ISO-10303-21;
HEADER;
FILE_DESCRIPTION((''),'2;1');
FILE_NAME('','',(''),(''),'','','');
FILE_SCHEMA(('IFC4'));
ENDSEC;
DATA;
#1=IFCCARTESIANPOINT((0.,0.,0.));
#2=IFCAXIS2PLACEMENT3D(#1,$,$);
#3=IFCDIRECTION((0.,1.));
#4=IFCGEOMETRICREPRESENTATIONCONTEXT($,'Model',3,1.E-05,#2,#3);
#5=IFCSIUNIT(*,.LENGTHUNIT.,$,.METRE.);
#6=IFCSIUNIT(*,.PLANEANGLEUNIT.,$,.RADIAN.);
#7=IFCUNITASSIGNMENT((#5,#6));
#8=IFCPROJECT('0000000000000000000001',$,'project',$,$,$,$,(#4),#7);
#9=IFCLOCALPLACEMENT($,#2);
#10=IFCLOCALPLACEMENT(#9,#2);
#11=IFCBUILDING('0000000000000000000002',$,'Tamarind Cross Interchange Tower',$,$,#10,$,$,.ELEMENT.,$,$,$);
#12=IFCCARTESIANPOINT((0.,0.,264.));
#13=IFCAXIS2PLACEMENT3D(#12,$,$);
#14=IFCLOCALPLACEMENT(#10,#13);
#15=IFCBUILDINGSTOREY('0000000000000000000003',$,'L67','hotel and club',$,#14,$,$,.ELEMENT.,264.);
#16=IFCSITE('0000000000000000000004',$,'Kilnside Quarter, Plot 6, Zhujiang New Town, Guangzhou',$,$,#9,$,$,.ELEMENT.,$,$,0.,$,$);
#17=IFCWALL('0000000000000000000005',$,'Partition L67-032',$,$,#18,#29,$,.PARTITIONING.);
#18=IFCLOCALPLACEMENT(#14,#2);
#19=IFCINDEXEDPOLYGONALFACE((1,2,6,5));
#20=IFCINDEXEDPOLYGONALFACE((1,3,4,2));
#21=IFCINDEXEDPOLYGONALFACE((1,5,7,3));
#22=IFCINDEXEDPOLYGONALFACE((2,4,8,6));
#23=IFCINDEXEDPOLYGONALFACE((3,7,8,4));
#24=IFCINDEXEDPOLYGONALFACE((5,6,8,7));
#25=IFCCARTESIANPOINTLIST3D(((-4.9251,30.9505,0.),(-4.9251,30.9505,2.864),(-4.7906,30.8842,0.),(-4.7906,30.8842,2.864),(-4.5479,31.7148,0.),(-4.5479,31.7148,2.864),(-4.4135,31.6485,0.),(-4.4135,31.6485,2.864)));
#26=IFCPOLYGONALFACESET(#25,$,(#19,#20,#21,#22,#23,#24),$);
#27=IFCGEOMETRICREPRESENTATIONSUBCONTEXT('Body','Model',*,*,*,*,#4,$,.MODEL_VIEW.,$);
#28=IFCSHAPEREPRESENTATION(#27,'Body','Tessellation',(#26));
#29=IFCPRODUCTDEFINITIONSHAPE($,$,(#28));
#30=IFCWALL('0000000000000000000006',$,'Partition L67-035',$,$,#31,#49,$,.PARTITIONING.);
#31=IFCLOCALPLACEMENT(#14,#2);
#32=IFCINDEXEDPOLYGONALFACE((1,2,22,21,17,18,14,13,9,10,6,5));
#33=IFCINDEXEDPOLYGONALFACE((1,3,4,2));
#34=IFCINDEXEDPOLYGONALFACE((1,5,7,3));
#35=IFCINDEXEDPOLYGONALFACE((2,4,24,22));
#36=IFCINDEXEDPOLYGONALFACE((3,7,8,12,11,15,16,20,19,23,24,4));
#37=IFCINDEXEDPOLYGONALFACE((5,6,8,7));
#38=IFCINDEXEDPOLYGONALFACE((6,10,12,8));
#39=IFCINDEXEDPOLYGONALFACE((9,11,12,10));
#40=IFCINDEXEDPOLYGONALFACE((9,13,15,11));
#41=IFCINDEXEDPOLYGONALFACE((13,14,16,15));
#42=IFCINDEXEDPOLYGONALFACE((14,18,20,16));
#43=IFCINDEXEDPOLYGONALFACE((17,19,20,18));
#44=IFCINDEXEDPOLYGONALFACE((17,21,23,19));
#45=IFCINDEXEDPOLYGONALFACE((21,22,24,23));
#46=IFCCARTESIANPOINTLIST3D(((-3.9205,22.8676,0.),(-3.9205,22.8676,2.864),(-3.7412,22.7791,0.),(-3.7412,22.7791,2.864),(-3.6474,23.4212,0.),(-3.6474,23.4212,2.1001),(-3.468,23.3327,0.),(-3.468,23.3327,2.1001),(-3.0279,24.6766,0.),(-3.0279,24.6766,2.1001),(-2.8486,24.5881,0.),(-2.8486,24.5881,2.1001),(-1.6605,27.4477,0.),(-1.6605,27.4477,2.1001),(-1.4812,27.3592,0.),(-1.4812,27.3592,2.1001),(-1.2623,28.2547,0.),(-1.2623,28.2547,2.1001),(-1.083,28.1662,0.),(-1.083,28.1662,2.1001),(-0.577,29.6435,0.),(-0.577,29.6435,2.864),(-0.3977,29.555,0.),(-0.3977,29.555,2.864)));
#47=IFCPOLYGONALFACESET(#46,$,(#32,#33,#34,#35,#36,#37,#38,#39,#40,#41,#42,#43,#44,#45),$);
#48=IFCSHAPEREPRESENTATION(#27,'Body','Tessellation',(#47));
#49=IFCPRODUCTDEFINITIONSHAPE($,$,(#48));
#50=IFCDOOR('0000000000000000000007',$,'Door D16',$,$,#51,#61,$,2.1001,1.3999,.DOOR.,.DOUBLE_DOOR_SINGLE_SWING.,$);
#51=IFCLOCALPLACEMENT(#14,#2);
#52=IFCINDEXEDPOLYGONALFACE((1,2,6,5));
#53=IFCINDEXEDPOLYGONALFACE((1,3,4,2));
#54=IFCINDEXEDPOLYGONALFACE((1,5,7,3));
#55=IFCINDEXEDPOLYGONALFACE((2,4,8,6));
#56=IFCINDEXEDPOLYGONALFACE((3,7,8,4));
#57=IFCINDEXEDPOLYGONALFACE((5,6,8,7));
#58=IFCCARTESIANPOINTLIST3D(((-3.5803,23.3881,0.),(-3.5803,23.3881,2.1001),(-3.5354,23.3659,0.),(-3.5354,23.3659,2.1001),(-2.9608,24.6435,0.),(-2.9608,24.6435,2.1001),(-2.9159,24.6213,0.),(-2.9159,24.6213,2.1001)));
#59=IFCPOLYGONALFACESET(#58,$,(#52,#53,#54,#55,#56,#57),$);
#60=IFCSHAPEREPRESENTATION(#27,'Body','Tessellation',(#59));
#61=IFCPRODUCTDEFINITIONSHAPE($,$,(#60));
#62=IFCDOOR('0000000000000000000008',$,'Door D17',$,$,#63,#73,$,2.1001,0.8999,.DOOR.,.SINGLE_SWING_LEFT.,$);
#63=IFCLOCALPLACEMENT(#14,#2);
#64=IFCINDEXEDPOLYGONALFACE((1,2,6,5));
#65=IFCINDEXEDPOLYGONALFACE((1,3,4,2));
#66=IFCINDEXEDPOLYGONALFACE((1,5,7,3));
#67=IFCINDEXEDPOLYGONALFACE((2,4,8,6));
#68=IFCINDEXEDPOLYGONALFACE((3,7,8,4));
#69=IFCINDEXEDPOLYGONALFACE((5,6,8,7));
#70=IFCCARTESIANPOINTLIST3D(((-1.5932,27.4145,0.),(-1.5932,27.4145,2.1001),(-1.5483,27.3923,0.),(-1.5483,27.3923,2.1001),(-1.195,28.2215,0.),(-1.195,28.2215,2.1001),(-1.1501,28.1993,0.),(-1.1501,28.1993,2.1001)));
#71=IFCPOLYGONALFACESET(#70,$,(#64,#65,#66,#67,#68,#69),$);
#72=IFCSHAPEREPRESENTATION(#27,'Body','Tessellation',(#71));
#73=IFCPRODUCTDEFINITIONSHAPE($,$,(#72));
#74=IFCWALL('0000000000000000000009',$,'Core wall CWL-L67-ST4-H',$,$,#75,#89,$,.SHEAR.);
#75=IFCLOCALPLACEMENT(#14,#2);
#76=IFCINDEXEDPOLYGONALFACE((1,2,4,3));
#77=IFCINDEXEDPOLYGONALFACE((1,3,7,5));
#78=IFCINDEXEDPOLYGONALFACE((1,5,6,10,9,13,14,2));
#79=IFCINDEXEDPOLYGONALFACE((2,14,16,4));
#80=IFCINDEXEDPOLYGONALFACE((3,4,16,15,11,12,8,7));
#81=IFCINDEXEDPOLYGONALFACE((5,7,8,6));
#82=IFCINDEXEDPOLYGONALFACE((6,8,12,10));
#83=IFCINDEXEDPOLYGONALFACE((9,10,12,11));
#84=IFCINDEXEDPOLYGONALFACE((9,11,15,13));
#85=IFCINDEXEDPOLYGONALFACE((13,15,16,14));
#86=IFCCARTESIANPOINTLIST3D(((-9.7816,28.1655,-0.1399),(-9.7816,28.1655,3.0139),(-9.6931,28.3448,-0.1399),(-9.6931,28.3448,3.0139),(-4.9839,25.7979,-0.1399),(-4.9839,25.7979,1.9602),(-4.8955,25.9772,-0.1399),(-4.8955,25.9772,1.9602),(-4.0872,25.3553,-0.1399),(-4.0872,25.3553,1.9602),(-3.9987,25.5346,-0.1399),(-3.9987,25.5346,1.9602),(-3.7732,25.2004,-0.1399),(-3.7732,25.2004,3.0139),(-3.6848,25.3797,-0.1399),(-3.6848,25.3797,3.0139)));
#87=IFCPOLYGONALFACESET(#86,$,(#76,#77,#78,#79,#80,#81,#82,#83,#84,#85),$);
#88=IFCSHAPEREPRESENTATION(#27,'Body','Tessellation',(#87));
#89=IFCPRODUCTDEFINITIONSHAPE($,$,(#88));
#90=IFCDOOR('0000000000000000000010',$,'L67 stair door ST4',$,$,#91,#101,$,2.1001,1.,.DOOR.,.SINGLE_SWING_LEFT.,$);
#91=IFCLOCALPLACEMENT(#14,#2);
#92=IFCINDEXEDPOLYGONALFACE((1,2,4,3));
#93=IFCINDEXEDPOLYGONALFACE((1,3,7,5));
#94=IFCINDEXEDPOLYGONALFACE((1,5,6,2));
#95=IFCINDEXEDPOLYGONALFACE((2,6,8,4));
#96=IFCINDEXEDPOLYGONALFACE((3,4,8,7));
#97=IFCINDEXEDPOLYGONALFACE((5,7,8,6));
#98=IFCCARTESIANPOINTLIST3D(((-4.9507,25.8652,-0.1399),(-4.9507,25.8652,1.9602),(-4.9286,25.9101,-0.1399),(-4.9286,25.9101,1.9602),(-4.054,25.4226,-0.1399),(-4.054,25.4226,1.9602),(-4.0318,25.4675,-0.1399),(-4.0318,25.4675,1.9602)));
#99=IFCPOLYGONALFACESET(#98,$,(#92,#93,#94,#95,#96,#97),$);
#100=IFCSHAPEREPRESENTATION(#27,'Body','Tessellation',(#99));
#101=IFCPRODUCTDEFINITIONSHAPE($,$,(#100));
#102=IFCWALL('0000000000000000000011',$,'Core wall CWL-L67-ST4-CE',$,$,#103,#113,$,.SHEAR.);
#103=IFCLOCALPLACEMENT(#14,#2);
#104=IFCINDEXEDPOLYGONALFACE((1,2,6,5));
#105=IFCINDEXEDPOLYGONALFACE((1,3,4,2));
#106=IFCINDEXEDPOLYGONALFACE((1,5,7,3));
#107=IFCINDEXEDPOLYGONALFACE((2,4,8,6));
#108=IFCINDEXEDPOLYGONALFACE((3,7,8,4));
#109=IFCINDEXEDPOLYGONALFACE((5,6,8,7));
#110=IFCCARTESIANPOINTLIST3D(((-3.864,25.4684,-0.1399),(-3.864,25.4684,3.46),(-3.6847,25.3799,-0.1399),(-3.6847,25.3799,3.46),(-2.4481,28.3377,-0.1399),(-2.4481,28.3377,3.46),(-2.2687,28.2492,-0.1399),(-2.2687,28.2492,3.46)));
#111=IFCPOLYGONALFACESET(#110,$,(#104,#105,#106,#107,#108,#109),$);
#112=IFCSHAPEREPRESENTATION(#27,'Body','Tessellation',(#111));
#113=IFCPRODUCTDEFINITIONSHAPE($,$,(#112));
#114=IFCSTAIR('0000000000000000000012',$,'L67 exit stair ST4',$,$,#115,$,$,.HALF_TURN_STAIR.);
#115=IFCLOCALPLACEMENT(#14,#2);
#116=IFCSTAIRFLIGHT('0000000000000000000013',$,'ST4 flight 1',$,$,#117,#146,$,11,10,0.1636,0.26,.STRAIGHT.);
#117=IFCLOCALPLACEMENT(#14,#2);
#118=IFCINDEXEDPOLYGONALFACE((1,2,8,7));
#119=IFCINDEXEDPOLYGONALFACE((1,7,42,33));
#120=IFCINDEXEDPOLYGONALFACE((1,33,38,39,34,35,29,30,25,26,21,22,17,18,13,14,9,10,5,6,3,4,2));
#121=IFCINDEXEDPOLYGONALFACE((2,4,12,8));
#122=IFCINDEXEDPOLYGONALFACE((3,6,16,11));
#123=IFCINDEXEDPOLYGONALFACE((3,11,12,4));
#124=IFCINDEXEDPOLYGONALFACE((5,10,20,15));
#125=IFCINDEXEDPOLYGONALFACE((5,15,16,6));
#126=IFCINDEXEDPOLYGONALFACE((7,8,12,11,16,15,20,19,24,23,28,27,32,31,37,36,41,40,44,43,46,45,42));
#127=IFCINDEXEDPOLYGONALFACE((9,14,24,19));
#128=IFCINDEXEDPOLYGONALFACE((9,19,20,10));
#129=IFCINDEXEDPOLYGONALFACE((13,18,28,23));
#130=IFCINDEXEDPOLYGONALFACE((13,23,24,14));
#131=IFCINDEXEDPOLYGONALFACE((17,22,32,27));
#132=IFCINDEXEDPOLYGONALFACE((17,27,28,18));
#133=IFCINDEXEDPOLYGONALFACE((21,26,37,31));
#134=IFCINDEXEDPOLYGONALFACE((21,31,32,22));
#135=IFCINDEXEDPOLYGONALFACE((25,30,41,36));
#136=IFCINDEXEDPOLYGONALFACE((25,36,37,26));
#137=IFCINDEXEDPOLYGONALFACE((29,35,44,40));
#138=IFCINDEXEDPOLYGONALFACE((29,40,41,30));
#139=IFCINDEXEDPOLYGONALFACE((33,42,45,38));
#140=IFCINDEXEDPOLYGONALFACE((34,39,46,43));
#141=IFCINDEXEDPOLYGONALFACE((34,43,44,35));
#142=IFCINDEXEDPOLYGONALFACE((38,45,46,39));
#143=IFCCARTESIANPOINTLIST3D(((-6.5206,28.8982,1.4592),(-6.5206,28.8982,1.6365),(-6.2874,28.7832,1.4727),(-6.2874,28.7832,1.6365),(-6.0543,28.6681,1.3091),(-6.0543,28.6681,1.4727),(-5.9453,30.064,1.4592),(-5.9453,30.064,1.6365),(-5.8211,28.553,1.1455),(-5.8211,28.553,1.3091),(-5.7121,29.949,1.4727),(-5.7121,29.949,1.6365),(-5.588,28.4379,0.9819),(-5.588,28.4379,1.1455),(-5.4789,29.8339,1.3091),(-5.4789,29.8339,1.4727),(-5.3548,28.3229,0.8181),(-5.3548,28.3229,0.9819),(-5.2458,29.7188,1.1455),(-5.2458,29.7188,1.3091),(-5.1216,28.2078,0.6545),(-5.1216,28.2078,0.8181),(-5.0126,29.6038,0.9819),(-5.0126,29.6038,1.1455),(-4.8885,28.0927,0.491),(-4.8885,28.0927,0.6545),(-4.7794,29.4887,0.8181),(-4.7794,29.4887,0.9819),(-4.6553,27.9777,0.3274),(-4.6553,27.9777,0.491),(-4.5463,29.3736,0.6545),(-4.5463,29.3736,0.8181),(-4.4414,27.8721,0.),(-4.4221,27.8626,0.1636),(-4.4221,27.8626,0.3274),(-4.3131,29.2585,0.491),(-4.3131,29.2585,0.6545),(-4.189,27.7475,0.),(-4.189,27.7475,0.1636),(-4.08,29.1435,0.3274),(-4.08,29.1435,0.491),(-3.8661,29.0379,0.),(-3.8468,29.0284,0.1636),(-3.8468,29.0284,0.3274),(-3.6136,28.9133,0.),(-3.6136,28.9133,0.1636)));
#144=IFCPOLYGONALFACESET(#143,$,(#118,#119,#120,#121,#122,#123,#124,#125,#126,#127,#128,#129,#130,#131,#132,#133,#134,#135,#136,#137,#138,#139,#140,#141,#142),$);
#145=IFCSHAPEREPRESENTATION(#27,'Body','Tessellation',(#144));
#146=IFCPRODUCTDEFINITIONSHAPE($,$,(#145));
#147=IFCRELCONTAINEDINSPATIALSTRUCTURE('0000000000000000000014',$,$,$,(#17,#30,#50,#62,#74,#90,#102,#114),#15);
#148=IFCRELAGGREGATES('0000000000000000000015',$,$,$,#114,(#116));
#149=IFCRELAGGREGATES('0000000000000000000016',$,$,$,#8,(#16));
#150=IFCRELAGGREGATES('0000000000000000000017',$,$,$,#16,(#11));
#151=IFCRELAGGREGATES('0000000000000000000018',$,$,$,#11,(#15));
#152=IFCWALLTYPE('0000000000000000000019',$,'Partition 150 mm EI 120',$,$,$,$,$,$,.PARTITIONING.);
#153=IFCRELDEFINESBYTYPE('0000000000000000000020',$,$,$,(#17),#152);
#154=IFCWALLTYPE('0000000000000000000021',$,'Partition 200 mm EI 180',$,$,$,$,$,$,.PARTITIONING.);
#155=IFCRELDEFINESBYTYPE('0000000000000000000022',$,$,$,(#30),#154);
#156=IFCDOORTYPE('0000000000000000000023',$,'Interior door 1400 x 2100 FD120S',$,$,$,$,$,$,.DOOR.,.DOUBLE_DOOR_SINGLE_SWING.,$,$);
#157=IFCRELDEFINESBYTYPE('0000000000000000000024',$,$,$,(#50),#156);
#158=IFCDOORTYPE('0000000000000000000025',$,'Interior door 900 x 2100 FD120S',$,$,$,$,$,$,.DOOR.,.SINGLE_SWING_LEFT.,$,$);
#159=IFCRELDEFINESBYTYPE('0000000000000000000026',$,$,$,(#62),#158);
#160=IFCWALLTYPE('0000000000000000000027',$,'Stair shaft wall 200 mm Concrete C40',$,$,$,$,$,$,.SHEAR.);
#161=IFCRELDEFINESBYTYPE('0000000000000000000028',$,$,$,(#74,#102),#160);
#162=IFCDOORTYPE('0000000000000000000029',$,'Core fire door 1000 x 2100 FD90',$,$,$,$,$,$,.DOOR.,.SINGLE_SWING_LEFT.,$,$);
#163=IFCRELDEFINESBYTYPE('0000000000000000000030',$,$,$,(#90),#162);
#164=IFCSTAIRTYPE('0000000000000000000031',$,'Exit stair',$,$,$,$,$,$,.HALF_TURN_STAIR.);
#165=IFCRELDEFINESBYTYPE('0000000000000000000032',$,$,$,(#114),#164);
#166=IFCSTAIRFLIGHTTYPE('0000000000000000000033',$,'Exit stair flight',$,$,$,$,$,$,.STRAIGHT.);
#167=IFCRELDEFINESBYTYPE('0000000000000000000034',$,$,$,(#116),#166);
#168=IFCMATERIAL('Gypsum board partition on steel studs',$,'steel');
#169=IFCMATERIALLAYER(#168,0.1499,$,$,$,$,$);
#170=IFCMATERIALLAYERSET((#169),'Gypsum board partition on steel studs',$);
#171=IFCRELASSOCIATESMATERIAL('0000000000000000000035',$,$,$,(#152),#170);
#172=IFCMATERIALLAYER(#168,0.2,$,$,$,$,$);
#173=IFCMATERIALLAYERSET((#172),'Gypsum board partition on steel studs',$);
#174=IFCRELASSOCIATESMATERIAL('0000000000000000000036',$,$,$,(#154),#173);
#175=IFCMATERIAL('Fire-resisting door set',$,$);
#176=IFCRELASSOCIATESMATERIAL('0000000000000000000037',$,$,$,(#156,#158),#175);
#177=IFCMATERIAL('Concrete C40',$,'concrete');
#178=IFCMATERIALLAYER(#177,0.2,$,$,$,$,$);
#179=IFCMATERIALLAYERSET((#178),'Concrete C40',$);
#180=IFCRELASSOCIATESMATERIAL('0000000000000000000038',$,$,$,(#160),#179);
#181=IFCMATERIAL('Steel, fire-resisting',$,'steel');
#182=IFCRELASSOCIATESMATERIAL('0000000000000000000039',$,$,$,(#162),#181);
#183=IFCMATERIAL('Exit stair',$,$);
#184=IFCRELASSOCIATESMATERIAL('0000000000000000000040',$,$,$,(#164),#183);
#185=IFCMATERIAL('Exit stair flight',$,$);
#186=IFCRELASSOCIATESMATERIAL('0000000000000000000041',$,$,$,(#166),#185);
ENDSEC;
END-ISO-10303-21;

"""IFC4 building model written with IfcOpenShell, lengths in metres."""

from ifc_helpers import new_model, si_unit, direction, frame, frame_2d, origin, place, context, subcontext, project, spatial, polyline, rectangle, outline, extrude, material, layer, layer_set, type_object, element, fill, aggregate, save


model = new_model("IFC4")

# Units and contexts
model_context = context("Model", 3, precision=1e-05, world=origin(), true_north=direction((0.0, 1.0)))
body_context = subcontext(model_context, "Body", "Model", "MODEL_VIEW")
ifc_project = project(units=[si_unit("LENGTHUNIT", "METRE"), si_unit("PLANEANGLEUNIT", "RADIAN")], contexts=[model_context])

# Site, building, storey
site_placement = place(None, origin())
site = spatial("IfcSite", under=ifc_project, at=site_placement, Name="Kilnside Quarter, Plot 6, Zhujiang New Town, Guangzhou", CompositionType="ELEMENT", RefElevation=0.0)
building_placement = place(site_placement, origin())
building = spatial("IfcBuilding", under=site, at=building_placement, Name="Tamarind Cross Interchange Tower", CompositionType="ELEMENT")
storey_placement = place(building_placement, frame((0.0, 0.0, 264.0)))
storey = spatial("IfcBuildingStorey", under=building, at=storey_placement, Name="L67", Description="hotel and club", CompositionType="ELEMENT", Elevation=264.0)

# Shared definitions
ifc_material_1 = material(Name="Gypsum board partition on steel studs", Category="steel")
ifc_layer_1 = layer(ifc_material_1, 0.1499)
ifc_layer_set_1 = layer_set([ifc_layer_1], Name="Gypsum board partition on steel studs")
wall_type_1 = type_object("IfcWallType", Name="Partition 150 mm EI 120", PredefinedType="PARTITIONING", material=ifc_layer_set_1)
ifc_material_2 = material(Name="Fire-resisting door set")

# Wall
wall_1_placement = place(storey_placement, frame((-4.8579, 30.9172, 0.0), z_axis=(0.0, 0.0, 1.0), x_axis=(0.44251, 0.896763, 0.0)))
element("IfcWall", 1, at=wall_1_placement, inside=storey, type_object=wall_type_1, Name="Partition L67-032", PredefinedType="PARTITIONING", context=body_context, shape_type="SweptSolid", body=[
    extrude(rectangle(XDim=0.8523, YDim=0.1499, at=frame_2d((0.4263, 0.0))), origin(), (0.0, 0.0, 1.0), 2.864),
])

# Wall, openings, doors
ifc_layer_2 = layer(ifc_material_1, 0.2)
ifc_layer_set_2 = layer_set([ifc_layer_2], Name="Gypsum board partition on steel studs")
wall_type_2 = type_object("IfcWallType", Name="Partition 200 mm EI 180", PredefinedType="PARTITIONING", material=ifc_layer_set_2)
wall_2_placement = place(storey_placement, frame((-3.8308, 22.8235, 0.0), z_axis=(0.0, 0.0, 1.0), x_axis=(0.442503, 0.896767, 0.0)))
wall_2 = element("IfcWall", 2, at=wall_2_placement, inside=storey, type_object=wall_type_2, Name="Partition L67-035", PredefinedType="PARTITIONING", context=body_context, shape_type="SweptSolid", body=[
    extrude(rectangle(XDim=7.5559, YDim=0.2, at=frame_2d((3.7778, 0.0))), origin(), (0.0, 0.0, 1.0), 2.864),
])
opening_1_placement = place(wall_2_placement, frame((0.6172, 0.0, 0.0)))
opening_1 = element("IfcOpeningElement", 3, at=opening_1_placement, cuts=wall_2, PredefinedType="OPENING", context=body_context, shape_type="SweptSolid", body=[
    extrude(rectangle(XDim=1.3999, YDim=2.1001, at=frame_2d((0.7, 1.05))), frame((0.0, 0.1099, 0.0), z_axis=(0.0, -1.0, 0.0), x_axis=(1.0, 0.0, 0.0)), (0.0, 0.0, 1.0), 0.22),
])
opening_2_placement = place(wall_2_placement, frame((5.1072, 0.0, 0.0)))
opening_2 = element("IfcOpeningElement", 4, at=opening_2_placement, cuts=wall_2, PredefinedType="OPENING", context=body_context, shape_type="SweptSolid", body=[
    extrude(rectangle(XDim=0.8999, YDim=2.1001, at=frame_2d((0.45, 1.05))), frame((0.0, 0.1099, 0.0), z_axis=(0.0, -1.0, 0.0), x_axis=(1.0, 0.0, 0.0)), (0.0, 0.0, 1.0), 0.22),
])
door_type_1 = type_object("IfcDoorType", Name="Interior door 1400 x 2100 FD120S", OperationType="DOUBLE_DOOR_SINGLE_SWING", PredefinedType="DOOR", material=ifc_material_2)
door_1_placement = place(opening_1_placement, frame((1.3999, 0.0, 0.0), z_axis=(0.0, 0.0, 1.0), x_axis=(-1.0, 0.0, 0.0)))
door_1 = element("IfcDoor", 5, at=door_1_placement, inside=storey, type_object=door_type_1, Name="Door D16", OperationType="DOUBLE_DOOR_SINGLE_SWING", OverallHeight=2.1001, OverallWidth=1.3999, PredefinedType="DOOR", context=body_context, shape_type="SweptSolid", body=[
    extrude(rectangle(XDim=1.3999, YDim=2.1001, at=frame_2d((0.7, 1.05))), frame((0.0, 0.0249, 0.0), z_axis=(0.0, -1.0, 0.0), x_axis=(1.0, 0.0, 0.0)), (0.0, 0.0, 1.0), 0.05),
])
fill(opening_1, door_1)
door_type_2 = type_object("IfcDoorType", Name="Interior door 900 x 2100 FD120S", OperationType="SINGLE_SWING_LEFT", PredefinedType="DOOR", material=ifc_material_2)
door_2_placement = place(opening_2_placement, origin())
door_2 = element("IfcDoor", 6, at=door_2_placement, inside=storey, type_object=door_type_2, Name="Door D17", OperationType="SINGLE_SWING_LEFT", OverallHeight=2.1001, OverallWidth=0.8999, PredefinedType="DOOR", context=body_context, shape_type="SweptSolid", body=[
    extrude(rectangle(XDim=0.8999, YDim=2.1001, at=frame_2d((0.45, 1.05))), frame((0.0, 0.0249, 0.0), z_axis=(0.0, -1.0, 0.0), x_axis=(1.0, 0.0, 0.0)), (0.0, 0.0, 1.0), 0.05),
])
fill(opening_2, door_2)

# Wall, opening, door
ifc_material_3 = material(Name="Concrete C40", Category="concrete")
ifc_layer_3 = layer(ifc_material_3, 0.2)
ifc_layer_set_3 = layer_set([ifc_layer_3], Name="Concrete C40")
wall_type_3 = type_object("IfcWallType", Name="Stair shaft wall 200 mm Concrete C40", PredefinedType="SHEAR", material=ifc_layer_set_3)
wall_3_placement = place(storey_placement, frame((-3.729, 25.29, -0.1399), z_axis=(0.0, 0.0, 1.0), x_axis=(-0.896747, 0.442543, 0.0)))
wall_3 = element("IfcWall", 7, at=wall_3_placement, inside=storey, type_object=wall_type_3, Name="Core wall CWL-L67-ST4-H", PredefinedType="SHEAR", context=body_context, shape_type="SweptSolid", body=[
    extrude(rectangle(XDim=6.7002, YDim=0.2, at=frame_2d((3.3501, 0.0))), origin(), (0.0, 0.0, 1.0), 3.1538),
])
opening_3_placement = place(wall_3_placement, frame((0.3501, 0.0, 0.0)))
opening_3 = element("IfcOpeningElement", 8, at=opening_3_placement, cuts=wall_3, PredefinedType="OPENING", context=body_context, shape_type="SweptSolid", body=[
    extrude(rectangle(XDim=1.0, YDim=2.1001, at=frame_2d((0.5, 1.05))), frame((0.0, 0.1099, 0.0), z_axis=(0.0, -1.0, 0.0), x_axis=(1.0, 0.0, 0.0)), (0.0, 0.0, 1.0), 0.22),
])
ifc_material_4 = material(Name="Steel, fire-resisting", Category="steel")
door_type_3 = type_object("IfcDoorType", Name="Core fire door 1000 x 2100 FD90", OperationType="SINGLE_SWING_LEFT", PredefinedType="DOOR", material=ifc_material_4)
door_3_placement = place(opening_3_placement, origin())
door_3 = element("IfcDoor", 9, at=door_3_placement, inside=storey, type_object=door_type_3, Name="L67 stair door ST4", OperationType="SINGLE_SWING_LEFT", OverallHeight=2.1001, OverallWidth=1.0, PredefinedType="DOOR", context=body_context, shape_type="SweptSolid", body=[
    extrude(rectangle(XDim=1.0, YDim=2.1001, at=frame_2d((0.5, 1.05))), frame((0.0, 0.0249, 0.0), z_axis=(0.0, -1.0, 0.0), x_axis=(1.0, 0.0, 0.0)), (0.0, 0.0, 1.0), 0.05),
])
fill(opening_3, door_3)

# Wall
wall_4_placement = place(storey_placement, frame((-2.3584, 28.2935, -0.1399), z_axis=(0.0, 0.0, 1.0), x_axis=(-0.442538, -0.89675, 0.0)))
element("IfcWall", 10, at=wall_4_placement, inside=storey, type_object=wall_type_3, Name="Core wall CWL-L67-ST4-CE", PredefinedType="SHEAR", context=body_context, shape_type="SweptSolid", body=[
    extrude(rectangle(XDim=3.1997, YDim=0.2, at=frame_2d((1.5999, 0.0))), origin(), (0.0, 0.0, 1.0), 3.5999),
])

# Stair, stair flight
ifc_material_5 = material(Name="Exit stair")
stair_type = type_object("IfcStairType", Name="Exit stair", PredefinedType="HALF_TURN_STAIR", material=ifc_material_5)
stair_placement = place(storey_placement, origin())
stair = element("IfcStair", 11, at=stair_placement, inside=storey, type_object=stair_type, Name="L67 exit stair ST4", PredefinedType="HALF_TURN_STAIR")
ifc_material_6 = material(Name="Exit stair flight")
stair_flight_type = type_object("IfcStairFlightType", Name="Exit stair flight", PredefinedType="STRAIGHT", material=ifc_material_6)
stair_flight_placement = place(storey_placement, frame((-3.9014, 28.3303, 0.0), z_axis=(0.0, 0.0, 1.0), x_axis=(-0.89674, 0.442558, 0.0)))
stair_flight = element("IfcStairFlight", 12, at=stair_flight_placement, type_object=stair_flight_type, Name="ST4 flight 1", NumberOfRisers=11, NumberOfTreads=10, PredefinedType="STRAIGHT", RiserHeight=0.1636, TreadLength=0.26, context=body_context, shape_type="SweptSolid", body=[
    extrude(outline(polyline([(0.0, 0.0), (0.0, 0.1636), (0.26, 0.1636), (0.26, 0.3274), (0.52, 0.3274), (0.52, 0.491), (0.78, 0.491), (0.78, 0.6545), (1.04, 0.6545), (1.04, 0.8181), (1.3, 0.8181), (1.3, 0.9819), (1.5601, 0.9819), (1.5601, 1.1455), (1.8201, 1.1455), (1.8201, 1.3091), (2.0801, 1.3091), (2.0801, 1.4727), (2.3401, 1.4727), (2.3401, 1.6365), (2.6001, 1.6365), (2.6001, 1.8), (2.6001, 1.4592), (0.2815, 0.0), (0.0, 0.0)])), frame((0.0, 0.6499, 0.0), z_axis=(0.0, -1.0, 0.0), x_axis=(1.0, 0.0, 0.0)), (0.0, 0.0, 1.0), 1.3),
])
aggregate(stair, [stair_flight])

save(model, "model.ifc")
